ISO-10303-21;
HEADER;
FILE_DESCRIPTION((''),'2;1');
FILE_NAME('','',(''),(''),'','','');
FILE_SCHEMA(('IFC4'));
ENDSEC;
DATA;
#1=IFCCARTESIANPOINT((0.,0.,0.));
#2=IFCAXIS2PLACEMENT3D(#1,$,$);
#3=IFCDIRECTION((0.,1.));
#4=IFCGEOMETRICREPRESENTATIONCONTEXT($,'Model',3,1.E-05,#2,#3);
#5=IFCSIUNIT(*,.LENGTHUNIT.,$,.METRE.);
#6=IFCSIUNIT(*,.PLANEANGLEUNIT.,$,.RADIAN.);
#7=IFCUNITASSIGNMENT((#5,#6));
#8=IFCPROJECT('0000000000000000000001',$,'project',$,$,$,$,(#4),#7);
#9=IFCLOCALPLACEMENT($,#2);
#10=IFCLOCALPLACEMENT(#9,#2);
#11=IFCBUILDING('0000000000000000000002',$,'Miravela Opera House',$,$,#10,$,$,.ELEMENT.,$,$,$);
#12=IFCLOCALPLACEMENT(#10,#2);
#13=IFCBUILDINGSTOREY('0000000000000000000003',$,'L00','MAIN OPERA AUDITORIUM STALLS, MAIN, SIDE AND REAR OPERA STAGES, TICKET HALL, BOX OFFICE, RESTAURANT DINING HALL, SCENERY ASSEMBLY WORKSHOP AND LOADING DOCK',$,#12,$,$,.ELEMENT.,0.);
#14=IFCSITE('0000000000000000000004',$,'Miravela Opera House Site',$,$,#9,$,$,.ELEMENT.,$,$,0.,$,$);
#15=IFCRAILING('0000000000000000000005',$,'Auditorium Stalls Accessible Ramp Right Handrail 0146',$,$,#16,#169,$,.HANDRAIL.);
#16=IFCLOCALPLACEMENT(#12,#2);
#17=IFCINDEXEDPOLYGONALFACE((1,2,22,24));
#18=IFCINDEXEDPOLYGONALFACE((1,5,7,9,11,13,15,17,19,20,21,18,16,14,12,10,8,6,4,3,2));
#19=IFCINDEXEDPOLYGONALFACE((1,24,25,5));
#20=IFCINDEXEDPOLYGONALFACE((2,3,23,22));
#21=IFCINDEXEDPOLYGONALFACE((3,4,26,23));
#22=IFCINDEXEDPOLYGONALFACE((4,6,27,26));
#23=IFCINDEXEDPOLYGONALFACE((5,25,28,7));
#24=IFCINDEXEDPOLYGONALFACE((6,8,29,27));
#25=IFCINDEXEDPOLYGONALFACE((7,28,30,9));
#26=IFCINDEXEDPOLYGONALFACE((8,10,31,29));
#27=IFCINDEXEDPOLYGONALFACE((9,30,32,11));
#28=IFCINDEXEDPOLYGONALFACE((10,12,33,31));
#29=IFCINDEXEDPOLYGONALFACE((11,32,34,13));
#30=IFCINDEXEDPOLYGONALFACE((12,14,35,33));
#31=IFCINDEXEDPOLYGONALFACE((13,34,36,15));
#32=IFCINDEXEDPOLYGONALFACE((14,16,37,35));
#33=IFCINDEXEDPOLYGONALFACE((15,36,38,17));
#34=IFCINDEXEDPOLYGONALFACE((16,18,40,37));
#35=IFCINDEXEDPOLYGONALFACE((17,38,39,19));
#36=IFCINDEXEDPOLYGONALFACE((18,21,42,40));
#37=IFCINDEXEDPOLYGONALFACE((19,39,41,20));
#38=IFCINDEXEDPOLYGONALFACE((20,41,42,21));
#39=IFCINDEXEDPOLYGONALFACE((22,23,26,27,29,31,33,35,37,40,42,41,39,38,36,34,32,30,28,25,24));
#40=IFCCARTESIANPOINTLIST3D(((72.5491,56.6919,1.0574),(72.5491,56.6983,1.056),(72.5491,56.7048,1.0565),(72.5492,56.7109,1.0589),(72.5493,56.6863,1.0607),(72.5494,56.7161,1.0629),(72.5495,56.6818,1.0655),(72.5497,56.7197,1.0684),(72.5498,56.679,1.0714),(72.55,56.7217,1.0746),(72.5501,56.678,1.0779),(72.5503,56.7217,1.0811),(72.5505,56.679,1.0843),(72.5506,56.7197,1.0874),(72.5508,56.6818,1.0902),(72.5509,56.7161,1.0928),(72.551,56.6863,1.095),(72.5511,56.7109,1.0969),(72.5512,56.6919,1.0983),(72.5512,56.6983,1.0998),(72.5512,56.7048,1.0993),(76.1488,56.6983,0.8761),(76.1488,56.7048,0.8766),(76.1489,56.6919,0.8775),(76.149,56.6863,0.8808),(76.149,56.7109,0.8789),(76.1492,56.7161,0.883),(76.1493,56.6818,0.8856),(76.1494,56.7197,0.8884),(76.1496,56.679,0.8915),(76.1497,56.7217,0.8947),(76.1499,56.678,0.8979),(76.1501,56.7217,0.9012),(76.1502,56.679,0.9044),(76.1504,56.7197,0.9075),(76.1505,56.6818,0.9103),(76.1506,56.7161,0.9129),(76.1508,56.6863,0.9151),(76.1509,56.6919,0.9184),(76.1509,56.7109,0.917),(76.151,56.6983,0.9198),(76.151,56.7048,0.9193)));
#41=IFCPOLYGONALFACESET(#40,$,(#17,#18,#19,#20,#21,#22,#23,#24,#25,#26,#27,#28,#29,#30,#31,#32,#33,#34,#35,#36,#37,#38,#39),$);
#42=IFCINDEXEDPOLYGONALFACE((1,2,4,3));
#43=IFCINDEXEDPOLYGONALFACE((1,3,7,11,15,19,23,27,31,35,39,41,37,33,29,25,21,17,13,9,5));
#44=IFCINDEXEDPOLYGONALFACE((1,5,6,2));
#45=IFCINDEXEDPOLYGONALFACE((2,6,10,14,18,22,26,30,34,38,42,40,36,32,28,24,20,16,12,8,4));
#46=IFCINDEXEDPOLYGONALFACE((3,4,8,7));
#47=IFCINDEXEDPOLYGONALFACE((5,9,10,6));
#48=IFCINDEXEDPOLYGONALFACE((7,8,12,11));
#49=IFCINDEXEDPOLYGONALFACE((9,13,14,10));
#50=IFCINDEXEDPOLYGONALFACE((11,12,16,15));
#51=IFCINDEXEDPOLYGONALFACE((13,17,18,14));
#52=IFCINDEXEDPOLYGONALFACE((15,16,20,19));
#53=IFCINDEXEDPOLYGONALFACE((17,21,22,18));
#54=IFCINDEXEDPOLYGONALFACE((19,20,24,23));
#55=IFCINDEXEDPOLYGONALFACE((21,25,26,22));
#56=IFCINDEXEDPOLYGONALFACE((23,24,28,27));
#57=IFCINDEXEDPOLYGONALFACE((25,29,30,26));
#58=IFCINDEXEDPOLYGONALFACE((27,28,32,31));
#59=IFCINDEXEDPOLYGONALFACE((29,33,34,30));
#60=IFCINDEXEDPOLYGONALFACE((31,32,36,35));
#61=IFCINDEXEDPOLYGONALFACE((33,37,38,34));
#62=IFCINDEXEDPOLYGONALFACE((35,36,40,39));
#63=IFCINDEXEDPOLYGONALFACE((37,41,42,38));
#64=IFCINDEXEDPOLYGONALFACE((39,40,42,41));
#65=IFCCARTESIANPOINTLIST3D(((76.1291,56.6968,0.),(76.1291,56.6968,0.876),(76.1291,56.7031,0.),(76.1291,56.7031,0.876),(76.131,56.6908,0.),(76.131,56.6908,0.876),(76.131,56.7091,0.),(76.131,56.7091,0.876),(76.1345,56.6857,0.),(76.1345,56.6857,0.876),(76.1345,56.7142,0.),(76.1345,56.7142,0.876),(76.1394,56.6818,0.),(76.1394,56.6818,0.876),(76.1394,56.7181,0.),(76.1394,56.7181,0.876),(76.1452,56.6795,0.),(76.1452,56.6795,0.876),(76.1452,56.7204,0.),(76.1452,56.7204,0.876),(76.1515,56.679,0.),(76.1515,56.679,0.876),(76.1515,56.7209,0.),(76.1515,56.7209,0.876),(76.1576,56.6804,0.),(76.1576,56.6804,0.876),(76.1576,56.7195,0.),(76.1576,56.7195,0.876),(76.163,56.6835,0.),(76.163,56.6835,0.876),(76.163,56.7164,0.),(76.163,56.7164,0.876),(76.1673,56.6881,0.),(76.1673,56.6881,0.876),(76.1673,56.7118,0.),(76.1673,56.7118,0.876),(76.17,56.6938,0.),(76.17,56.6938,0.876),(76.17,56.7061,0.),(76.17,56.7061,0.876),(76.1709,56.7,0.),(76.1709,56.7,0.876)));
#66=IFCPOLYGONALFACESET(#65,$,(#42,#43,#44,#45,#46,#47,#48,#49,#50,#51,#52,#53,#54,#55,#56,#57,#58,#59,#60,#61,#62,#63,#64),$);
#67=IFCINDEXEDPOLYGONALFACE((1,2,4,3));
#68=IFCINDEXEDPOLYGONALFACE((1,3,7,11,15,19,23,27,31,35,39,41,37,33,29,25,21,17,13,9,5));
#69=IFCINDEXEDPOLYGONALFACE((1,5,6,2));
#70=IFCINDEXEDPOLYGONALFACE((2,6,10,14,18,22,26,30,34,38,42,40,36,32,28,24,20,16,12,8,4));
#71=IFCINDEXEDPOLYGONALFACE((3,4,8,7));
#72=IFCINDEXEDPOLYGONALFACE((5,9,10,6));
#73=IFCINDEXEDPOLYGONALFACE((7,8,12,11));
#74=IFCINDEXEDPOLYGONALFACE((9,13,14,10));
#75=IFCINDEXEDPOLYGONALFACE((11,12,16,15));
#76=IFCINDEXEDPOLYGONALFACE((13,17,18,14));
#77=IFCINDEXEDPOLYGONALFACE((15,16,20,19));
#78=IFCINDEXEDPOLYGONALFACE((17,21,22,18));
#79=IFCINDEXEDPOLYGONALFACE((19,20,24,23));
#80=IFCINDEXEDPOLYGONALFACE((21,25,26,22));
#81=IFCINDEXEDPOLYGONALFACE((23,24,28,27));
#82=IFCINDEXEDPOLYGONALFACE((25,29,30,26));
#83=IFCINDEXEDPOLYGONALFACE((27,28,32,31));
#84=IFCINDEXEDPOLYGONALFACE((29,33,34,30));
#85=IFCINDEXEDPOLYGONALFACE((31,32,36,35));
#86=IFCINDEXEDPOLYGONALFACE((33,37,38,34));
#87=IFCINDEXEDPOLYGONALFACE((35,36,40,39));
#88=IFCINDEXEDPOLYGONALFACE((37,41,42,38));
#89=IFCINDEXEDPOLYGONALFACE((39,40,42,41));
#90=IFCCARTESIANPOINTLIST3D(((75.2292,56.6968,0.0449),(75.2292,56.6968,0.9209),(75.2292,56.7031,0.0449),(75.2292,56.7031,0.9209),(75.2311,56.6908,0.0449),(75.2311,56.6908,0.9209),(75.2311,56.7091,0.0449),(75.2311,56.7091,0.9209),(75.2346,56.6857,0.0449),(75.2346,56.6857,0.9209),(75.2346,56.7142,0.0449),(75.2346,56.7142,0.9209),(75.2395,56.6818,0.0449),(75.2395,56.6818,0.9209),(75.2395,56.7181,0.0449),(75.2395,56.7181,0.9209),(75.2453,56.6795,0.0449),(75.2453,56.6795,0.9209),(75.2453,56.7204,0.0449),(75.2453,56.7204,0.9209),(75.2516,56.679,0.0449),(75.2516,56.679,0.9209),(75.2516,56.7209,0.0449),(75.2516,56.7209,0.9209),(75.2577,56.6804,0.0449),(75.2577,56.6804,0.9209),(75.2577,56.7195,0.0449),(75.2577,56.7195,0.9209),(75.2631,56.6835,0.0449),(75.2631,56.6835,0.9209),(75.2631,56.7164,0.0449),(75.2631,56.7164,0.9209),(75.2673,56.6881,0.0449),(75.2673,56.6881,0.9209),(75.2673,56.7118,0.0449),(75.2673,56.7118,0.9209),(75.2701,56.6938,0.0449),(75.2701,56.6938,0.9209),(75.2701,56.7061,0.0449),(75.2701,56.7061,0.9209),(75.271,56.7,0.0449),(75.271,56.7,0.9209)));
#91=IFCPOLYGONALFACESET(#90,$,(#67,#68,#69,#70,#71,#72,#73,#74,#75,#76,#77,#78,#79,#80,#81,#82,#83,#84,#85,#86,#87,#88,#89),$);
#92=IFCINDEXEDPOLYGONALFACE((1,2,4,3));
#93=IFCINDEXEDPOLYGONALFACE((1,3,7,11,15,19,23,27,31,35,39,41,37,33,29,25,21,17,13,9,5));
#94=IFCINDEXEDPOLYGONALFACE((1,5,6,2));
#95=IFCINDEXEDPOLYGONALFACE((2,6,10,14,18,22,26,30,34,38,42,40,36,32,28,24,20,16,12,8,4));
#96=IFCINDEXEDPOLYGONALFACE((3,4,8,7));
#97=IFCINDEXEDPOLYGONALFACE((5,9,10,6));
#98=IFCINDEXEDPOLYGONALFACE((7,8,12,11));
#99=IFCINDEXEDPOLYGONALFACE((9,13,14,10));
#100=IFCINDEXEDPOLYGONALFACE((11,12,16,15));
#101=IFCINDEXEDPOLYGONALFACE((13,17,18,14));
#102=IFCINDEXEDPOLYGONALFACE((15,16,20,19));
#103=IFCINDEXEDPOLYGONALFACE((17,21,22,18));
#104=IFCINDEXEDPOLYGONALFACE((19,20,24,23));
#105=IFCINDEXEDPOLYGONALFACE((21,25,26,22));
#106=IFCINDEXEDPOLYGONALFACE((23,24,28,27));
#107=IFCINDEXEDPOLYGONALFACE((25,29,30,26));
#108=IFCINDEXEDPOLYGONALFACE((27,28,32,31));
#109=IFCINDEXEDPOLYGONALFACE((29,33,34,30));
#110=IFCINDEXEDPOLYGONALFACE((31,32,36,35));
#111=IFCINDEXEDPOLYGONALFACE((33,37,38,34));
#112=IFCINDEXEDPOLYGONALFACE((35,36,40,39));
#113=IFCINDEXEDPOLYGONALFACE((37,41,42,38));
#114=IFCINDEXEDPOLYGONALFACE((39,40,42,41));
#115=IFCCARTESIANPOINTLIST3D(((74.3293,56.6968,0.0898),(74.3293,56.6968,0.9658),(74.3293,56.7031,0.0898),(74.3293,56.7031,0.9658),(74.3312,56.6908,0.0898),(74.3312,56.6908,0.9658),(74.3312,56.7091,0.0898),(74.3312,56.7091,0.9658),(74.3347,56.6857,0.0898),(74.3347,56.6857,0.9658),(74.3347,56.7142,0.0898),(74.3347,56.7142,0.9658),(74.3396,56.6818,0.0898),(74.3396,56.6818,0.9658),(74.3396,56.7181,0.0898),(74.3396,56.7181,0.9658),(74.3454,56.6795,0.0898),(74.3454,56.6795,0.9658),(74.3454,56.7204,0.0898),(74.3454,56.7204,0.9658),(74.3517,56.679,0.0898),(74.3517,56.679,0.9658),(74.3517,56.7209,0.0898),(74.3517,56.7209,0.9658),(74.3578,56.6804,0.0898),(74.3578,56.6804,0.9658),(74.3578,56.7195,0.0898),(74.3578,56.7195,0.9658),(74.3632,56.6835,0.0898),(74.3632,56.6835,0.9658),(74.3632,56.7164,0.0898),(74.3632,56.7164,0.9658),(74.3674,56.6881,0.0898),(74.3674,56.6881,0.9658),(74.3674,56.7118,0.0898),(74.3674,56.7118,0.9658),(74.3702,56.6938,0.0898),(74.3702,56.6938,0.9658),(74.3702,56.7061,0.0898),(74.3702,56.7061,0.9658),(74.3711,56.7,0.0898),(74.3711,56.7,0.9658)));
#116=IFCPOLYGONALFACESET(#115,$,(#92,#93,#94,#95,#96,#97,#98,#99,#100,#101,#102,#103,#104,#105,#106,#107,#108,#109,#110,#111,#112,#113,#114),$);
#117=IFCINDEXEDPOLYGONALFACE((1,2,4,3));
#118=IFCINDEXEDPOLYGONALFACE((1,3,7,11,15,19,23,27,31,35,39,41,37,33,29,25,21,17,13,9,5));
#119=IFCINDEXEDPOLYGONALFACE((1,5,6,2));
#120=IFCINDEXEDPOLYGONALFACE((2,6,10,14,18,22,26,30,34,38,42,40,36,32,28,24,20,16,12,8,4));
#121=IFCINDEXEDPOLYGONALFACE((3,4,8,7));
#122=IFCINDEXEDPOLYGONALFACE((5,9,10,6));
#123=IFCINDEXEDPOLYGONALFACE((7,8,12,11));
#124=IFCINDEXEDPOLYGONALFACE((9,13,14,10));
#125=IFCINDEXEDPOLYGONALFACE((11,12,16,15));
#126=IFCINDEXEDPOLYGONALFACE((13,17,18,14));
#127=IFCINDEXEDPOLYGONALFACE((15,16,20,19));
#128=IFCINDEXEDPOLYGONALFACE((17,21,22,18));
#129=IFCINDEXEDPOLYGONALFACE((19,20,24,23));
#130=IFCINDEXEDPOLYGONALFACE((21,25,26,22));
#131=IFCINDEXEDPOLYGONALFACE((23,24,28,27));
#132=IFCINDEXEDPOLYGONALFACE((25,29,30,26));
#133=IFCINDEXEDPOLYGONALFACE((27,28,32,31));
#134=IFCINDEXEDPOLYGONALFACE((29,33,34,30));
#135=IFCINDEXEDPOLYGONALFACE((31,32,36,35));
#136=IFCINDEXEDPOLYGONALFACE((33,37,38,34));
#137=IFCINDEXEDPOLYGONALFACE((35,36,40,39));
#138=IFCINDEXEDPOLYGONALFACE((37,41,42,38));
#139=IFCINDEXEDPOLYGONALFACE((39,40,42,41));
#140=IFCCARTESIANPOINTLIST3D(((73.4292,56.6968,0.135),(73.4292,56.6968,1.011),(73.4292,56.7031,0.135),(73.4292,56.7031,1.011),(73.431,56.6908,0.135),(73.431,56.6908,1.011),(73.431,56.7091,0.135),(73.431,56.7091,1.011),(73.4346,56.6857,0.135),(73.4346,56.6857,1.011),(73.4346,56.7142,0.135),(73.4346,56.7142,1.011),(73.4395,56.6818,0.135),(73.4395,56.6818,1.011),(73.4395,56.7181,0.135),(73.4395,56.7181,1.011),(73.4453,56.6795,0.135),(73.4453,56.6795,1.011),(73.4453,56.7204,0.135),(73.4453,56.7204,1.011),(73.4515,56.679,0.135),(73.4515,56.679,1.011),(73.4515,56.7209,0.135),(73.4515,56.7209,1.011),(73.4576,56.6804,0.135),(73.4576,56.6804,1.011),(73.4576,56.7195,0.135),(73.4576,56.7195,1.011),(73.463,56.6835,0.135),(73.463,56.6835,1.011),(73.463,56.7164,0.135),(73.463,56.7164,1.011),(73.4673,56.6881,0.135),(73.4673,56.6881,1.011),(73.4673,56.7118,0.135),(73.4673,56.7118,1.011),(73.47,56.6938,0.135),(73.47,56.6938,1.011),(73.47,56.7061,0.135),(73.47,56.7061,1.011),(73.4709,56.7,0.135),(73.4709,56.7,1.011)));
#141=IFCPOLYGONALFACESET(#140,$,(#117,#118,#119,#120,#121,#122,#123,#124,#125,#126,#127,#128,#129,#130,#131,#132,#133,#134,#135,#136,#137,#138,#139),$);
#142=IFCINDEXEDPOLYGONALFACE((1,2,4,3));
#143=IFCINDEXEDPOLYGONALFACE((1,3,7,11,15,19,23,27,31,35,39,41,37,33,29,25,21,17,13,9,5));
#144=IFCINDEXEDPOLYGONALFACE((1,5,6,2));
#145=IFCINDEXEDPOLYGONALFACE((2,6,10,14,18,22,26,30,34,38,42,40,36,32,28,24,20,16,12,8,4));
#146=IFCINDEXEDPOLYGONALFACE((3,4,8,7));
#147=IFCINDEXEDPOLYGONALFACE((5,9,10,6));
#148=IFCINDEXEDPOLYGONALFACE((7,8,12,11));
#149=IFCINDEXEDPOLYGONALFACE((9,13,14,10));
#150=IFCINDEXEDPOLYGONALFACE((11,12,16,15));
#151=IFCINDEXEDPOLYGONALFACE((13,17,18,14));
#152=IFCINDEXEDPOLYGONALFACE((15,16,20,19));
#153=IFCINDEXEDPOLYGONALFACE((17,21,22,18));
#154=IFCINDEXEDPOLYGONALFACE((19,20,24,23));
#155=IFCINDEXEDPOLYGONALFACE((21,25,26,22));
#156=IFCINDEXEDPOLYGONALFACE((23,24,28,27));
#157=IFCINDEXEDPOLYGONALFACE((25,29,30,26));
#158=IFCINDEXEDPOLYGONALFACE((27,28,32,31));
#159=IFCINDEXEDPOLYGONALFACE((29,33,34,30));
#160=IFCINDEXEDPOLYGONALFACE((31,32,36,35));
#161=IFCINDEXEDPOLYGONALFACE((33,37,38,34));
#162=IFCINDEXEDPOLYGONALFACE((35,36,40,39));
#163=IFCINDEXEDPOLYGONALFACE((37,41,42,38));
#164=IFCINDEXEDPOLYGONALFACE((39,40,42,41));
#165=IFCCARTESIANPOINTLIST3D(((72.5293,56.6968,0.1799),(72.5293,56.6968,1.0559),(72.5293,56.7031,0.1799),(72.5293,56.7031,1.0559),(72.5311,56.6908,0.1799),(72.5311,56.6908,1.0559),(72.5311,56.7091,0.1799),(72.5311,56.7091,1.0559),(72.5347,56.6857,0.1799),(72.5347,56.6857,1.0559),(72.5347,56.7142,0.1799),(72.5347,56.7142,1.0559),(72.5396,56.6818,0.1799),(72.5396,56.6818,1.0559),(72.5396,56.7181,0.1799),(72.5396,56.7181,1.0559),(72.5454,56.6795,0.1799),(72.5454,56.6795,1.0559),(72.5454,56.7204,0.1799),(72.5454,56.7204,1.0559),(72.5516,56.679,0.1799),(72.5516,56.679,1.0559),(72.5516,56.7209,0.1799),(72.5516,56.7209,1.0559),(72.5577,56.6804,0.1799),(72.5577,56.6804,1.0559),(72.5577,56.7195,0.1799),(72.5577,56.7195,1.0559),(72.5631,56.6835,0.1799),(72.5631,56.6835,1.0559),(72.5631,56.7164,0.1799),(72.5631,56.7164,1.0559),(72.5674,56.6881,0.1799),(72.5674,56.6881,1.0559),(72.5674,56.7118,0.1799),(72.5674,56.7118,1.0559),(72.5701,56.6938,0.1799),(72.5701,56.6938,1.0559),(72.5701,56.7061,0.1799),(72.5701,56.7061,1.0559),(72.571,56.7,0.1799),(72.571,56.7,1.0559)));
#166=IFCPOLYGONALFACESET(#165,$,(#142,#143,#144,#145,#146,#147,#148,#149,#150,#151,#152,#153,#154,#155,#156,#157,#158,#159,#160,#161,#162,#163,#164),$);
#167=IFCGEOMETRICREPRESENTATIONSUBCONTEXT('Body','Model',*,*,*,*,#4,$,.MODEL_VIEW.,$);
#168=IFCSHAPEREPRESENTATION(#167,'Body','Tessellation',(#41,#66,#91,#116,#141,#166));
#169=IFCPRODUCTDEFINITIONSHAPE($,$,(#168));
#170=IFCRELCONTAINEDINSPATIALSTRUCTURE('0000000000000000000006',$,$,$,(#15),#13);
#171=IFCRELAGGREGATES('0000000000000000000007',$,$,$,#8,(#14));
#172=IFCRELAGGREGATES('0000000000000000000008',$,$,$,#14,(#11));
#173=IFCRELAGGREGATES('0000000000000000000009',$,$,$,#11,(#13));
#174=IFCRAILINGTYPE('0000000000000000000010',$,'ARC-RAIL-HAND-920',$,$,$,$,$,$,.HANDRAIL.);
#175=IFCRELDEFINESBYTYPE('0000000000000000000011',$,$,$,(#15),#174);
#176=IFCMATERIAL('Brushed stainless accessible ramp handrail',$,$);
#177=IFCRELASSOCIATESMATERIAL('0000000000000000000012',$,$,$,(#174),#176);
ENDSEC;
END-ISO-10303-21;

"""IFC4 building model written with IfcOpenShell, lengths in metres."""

from ifc_helpers import new_model, si_unit, direction, frame, origin, origin_2d, place, context, subcontext, project, spatial, circle, extrude, material, type_object, element, save


model = new_model("IFC4")

# Units and contexts
model_context = context("Model", 3, precision=1e-05, world=origin(), true_north=direction((0.0, 1.0)))
body_context = subcontext(model_context, "Body", "Model", "MODEL_VIEW")
ifc_project = project(units=[si_unit("LENGTHUNIT", "METRE"), si_unit("PLANEANGLEUNIT", "RADIAN")], contexts=[model_context])

# Site, building, storey
site_placement = place(None, origin())
site = spatial("IfcSite", under=ifc_project, at=site_placement, Name="Miravela Opera House Site", CompositionType="ELEMENT", RefElevation=0.0)
building_placement = place(site_placement, origin())
building = spatial("IfcBuilding", under=site, at=building_placement, Name="Miravela Opera House", CompositionType="ELEMENT")
storey_placement = place(building_placement, origin())
storey = spatial("IfcBuildingStorey", under=building, at=storey_placement, Name="L00", Description="MAIN OPERA AUDITORIUM STALLS, MAIN, SIDE AND REAR OPERA STAGES, TICKET HALL, BOX OFFICE, RESTAURANT DINING HALL, SCENERY ASSEMBLY WORKSHOP AND LOADING DOCK", CompositionType="ELEMENT", Elevation=0.0)

# Railing
ifc_material_1 = material(Name="Brushed stainless accessible ramp handrail")
railing_type = type_object("IfcRailingType", Name="ARC-RAIL-HAND-920", PredefinedType="HANDRAIL", material=ifc_material_1)
railing_placement = place(storey_placement, frame((76.1499, 56.7, 0.0)))
element("IfcRailing", 1, at=railing_placement, inside=storey, type_object=railing_type, Name="Auditorium Stalls Accessible Ramp Right Handrail 0146", PredefinedType="HANDRAIL", context=body_context, shape_type="SweptSolid", body=[
    extrude(circle(Radius=0.022, at=origin_2d()), frame((0.0, 0.0, 0.8979), z_axis=(-0.998753, 0.0, 0.049921), x_axis=(0.0, -1.0, 0.0)), (0.0, 0.0, 1.0), 3.6042),
    extrude(circle(Radius=0.021, at=origin_2d()), origin(), (0.0, 0.0, 1.0), 0.876),
    extrude(circle(Radius=0.021, at=origin_2d()), frame((-0.8999, 0.0, 0.0449)), (0.0, 0.0, 1.0), 0.876),
    extrude(circle(Radius=0.021, at=origin_2d()), frame((-1.7998, 0.0, 0.0898)), (0.0, 0.0, 1.0), 0.876),
    extrude(circle(Radius=0.021, at=origin_2d()), frame((-2.7, 0.0, 0.135)), (0.0, 0.0, 1.0), 0.876),
    extrude(circle(Radius=0.021, at=origin_2d()), frame((-3.5999, 0.0, 0.1799)), (0.0, 0.0, 1.0), 0.876),
])

save(model, "model.ifc")
